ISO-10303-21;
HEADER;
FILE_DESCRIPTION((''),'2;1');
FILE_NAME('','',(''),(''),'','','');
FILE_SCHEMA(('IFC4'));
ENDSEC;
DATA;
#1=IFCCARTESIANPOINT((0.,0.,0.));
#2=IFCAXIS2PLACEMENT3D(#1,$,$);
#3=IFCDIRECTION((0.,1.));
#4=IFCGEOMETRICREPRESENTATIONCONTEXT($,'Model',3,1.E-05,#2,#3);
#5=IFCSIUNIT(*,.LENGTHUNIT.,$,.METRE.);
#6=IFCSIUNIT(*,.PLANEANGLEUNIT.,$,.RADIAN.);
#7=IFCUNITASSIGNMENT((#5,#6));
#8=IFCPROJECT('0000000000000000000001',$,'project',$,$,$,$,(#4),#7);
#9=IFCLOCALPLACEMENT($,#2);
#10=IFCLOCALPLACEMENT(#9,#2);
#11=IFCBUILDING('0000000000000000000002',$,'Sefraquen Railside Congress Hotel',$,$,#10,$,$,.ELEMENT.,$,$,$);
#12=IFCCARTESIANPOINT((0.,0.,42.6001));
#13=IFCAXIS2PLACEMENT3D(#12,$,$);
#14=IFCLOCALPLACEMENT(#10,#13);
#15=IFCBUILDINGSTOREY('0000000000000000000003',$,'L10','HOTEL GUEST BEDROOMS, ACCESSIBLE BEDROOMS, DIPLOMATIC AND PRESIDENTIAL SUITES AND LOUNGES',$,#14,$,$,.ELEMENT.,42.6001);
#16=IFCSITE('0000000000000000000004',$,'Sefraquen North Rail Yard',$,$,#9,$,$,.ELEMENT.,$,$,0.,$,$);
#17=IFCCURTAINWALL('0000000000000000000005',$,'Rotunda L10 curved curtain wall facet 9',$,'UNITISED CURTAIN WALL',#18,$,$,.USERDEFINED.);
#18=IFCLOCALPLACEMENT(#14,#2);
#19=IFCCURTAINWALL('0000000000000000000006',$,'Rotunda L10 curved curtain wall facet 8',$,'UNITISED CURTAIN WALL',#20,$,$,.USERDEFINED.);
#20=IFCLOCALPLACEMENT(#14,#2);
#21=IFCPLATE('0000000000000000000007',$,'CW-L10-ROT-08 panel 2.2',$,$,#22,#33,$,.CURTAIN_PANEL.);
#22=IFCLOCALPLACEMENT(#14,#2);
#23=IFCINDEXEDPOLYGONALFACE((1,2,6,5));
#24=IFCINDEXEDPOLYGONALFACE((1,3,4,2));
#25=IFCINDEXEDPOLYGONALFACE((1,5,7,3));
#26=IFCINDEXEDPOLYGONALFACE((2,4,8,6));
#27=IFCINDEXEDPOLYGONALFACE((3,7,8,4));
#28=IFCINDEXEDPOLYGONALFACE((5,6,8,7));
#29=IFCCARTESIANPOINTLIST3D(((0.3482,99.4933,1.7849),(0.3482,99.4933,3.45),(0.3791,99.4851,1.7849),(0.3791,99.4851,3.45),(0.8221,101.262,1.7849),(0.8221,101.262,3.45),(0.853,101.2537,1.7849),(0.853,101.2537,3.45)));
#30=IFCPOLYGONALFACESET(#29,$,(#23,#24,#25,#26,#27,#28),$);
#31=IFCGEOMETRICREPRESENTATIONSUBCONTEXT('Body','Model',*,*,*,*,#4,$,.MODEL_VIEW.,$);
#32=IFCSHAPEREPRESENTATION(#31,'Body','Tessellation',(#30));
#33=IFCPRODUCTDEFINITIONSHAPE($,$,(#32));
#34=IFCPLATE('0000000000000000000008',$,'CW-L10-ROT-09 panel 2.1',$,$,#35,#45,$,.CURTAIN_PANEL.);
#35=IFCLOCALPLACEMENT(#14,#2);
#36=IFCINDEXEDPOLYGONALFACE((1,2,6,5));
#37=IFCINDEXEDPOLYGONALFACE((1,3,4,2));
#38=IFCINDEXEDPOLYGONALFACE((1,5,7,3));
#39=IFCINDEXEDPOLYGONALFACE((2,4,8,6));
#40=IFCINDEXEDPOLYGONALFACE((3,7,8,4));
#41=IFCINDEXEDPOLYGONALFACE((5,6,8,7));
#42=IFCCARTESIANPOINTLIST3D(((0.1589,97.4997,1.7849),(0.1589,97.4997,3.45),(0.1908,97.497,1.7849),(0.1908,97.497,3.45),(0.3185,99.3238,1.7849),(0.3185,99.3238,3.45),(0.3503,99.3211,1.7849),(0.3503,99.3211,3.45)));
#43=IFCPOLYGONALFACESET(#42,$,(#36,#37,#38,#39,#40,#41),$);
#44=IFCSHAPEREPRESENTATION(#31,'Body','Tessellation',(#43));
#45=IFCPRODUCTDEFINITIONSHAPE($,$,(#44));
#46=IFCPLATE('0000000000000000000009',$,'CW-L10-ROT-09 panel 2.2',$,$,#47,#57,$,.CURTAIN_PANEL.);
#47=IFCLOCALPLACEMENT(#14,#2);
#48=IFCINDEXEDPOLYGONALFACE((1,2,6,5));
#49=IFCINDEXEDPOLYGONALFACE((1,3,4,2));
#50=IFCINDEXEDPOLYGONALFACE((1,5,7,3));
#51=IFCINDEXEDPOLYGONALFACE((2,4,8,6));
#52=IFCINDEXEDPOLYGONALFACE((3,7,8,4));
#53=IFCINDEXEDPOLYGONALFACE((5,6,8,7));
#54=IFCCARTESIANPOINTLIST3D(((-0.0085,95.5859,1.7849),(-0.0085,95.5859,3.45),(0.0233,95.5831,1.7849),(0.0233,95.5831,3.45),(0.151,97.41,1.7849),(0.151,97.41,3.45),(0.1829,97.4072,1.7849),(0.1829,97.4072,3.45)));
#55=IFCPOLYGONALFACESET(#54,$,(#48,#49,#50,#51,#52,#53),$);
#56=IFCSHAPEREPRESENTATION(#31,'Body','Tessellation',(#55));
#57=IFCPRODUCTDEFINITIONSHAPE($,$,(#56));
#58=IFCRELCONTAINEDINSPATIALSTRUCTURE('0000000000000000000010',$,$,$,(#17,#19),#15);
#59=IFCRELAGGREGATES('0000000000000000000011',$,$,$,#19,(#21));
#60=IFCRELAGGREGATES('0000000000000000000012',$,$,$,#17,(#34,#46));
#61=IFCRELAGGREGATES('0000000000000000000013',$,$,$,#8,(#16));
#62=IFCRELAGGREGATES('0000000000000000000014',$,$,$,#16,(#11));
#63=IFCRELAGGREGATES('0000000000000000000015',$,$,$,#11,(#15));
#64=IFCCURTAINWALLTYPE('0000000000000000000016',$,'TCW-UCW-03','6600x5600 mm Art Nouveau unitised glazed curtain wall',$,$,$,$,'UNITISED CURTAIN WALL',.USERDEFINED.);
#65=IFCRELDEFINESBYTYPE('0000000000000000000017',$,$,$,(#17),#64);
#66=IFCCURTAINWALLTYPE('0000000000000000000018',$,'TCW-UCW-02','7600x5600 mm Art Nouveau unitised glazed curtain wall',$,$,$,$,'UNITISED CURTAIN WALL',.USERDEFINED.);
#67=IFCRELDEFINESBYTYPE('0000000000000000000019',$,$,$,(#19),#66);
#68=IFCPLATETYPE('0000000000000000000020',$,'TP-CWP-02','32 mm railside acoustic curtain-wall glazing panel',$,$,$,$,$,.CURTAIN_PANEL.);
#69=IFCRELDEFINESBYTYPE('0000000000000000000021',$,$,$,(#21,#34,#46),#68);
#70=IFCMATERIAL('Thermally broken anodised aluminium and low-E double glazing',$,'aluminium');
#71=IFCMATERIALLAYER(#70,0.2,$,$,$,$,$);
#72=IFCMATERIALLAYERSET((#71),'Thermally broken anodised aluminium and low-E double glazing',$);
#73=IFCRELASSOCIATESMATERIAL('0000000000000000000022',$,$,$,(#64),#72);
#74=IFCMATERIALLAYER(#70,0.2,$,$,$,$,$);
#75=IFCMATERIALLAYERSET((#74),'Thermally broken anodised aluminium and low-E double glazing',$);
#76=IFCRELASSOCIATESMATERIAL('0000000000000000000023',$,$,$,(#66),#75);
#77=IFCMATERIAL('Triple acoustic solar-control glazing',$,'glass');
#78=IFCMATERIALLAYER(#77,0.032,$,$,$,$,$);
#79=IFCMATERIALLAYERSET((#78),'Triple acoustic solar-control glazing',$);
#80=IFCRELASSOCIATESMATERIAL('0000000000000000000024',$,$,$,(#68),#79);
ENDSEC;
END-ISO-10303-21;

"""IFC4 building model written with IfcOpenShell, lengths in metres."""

from ifc_helpers import new_model, si_unit, direction, frame, origin, origin_2d, place, context, subcontext, project, spatial, rectangle, extrude, material, layer, layer_set, type_object, element, aggregate, save


model = new_model("IFC4")

# Units and contexts
model_context = context("Model", 3, precision=1e-05, world=origin(), true_north=direction((0.0, 1.0)))
body_context = subcontext(model_context, "Body", "Model", "MODEL_VIEW")
ifc_project = project(units=[si_unit("LENGTHUNIT", "METRE"), si_unit("PLANEANGLEUNIT", "RADIAN")], contexts=[model_context])

# Site, building, storey
site_placement = place(None, origin())
site = spatial("IfcSite", under=ifc_project, at=site_placement, Name="Sefraquen North Rail Yard", CompositionType="ELEMENT", RefElevation=0.0)
building_placement = place(site_placement, origin())
building = spatial("IfcBuilding", under=site, at=building_placement, Name="Sefraquen Railside Congress Hotel", CompositionType="ELEMENT")
storey_placement = place(building_placement, frame((0.0, 0.0, 42.6001)))
storey = spatial("IfcBuildingStorey", under=building, at=storey_placement, Name="L10", Description="HOTEL GUEST BEDROOMS, ACCESSIBLE BEDROOMS, DIPLOMATIC AND PRESIDENTIAL SUITES AND LOUNGES", CompositionType="ELEMENT", Elevation=42.6001)

# Curtain walls
ifc_material_1 = material(Name="Thermally broken anodised aluminium and low-E double glazing", Category="aluminium")
ifc_layer_1 = layer(ifc_material_1, 0.2)
ifc_layer_set_1 = layer_set([ifc_layer_1], Name="Thermally broken anodised aluminium and low-E double glazing")
curtain_wall_type_1 = type_object("IfcCurtainWallType", Name="TCW-UCW-03", Description="6600x5600 mm Art Nouveau unitised glazed curtain wall", ElementType="UNITISED CURTAIN WALL", PredefinedType="USERDEFINED", material=ifc_layer_set_1)
curtain_wall_1_placement = place(storey_placement, origin())
curtain_wall_1 = element("IfcCurtainWall", 1, at=curtain_wall_1_placement, inside=storey, type_object=curtain_wall_type_1, Name="Rotunda L10 curved curtain wall facet 9", ObjectType="UNITISED CURTAIN WALL", PredefinedType="USERDEFINED")
ifc_layer_2 = layer(ifc_material_1, 0.2)
ifc_layer_set_2 = layer_set([ifc_layer_2], Name="Thermally broken anodised aluminium and low-E double glazing")
curtain_wall_type_2 = type_object("IfcCurtainWallType", Name="TCW-UCW-02", Description="7600x5600 mm Art Nouveau unitised glazed curtain wall", ElementType="UNITISED CURTAIN WALL", PredefinedType="USERDEFINED", material=ifc_layer_set_2)
curtain_wall_2_placement = place(storey_placement, origin())
curtain_wall_2 = element("IfcCurtainWall", 2, at=curtain_wall_2_placement, inside=storey, type_object=curtain_wall_type_2, Name="Rotunda L10 curved curtain wall facet 8", ObjectType="UNITISED CURTAIN WALL", PredefinedType="USERDEFINED")

# Plates
ifc_material_2 = material(Name="Triple acoustic solar-control glazing", Category="glass")
ifc_layer_3 = layer(ifc_material_2, 0.032)
ifc_layer_set_3 = layer_set([ifc_layer_3], Name="Triple acoustic solar-control glazing")
plate_type_1 = type_object("IfcPlateType", Name="TP-CWP-02", Description="32 mm railside acoustic curtain-wall glazing panel", PredefinedType="CURTAIN_PANEL", material=ifc_layer_set_3)
plate_1_placement = place(storey_placement, frame((0.6006, 100.3735, 1.7849), z_axis=(0.0, 0.0, 1.0), x_axis=(-0.258785, -0.965935, 0.0)))
plate_1 = element("IfcPlate", 3, at=plate_1_placement, type_object=plate_type_1, Name="CW-L10-ROT-08 panel 2.2", PredefinedType="CURTAIN_PANEL", context=body_context, shape_type="SweptSolid", body=[
    extrude(rectangle(XDim=1.8311, YDim=0.032, at=origin_2d()), origin(), (0.0, 0.0, 1.0), 1.665),
])
aggregate(curtain_wall_2, [plate_1])
plate_2_placement = place(storey_placement, frame((0.2546, 98.4104, 1.7849), z_axis=(0.0, 0.0, 1.0), x_axis=(-0.087138, -0.996196, 0.0)))
plate_2 = element("IfcPlate", 4, at=plate_2_placement, type_object=plate_type_1, Name="CW-L10-ROT-09 panel 2.1", PredefinedType="CURTAIN_PANEL", context=body_context, shape_type="SweptSolid", body=[
    extrude(rectangle(XDim=1.8311, YDim=0.032, at=origin_2d()), origin(), (0.0, 0.0, 1.0), 1.665),
])
plate_3_placement = place(storey_placement, frame((0.0872, 96.4966, 1.7849), z_axis=(0.0, 0.0, 1.0), x_axis=(-0.087138, -0.996196, 0.0)))
plate_3 = element("IfcPlate", 5, at=plate_3_placement, type_object=plate_type_1, Name="CW-L10-ROT-09 panel 2.2", PredefinedType="CURTAIN_PANEL", context=body_context, shape_type="SweptSolid", body=[
    extrude(rectangle(XDim=1.8311, YDim=0.032, at=origin_2d()), origin(), (0.0, 0.0, 1.0), 1.665),
])
aggregate(curtain_wall_1, [plate_2, plate_3])

save(model, "model.ifc")
